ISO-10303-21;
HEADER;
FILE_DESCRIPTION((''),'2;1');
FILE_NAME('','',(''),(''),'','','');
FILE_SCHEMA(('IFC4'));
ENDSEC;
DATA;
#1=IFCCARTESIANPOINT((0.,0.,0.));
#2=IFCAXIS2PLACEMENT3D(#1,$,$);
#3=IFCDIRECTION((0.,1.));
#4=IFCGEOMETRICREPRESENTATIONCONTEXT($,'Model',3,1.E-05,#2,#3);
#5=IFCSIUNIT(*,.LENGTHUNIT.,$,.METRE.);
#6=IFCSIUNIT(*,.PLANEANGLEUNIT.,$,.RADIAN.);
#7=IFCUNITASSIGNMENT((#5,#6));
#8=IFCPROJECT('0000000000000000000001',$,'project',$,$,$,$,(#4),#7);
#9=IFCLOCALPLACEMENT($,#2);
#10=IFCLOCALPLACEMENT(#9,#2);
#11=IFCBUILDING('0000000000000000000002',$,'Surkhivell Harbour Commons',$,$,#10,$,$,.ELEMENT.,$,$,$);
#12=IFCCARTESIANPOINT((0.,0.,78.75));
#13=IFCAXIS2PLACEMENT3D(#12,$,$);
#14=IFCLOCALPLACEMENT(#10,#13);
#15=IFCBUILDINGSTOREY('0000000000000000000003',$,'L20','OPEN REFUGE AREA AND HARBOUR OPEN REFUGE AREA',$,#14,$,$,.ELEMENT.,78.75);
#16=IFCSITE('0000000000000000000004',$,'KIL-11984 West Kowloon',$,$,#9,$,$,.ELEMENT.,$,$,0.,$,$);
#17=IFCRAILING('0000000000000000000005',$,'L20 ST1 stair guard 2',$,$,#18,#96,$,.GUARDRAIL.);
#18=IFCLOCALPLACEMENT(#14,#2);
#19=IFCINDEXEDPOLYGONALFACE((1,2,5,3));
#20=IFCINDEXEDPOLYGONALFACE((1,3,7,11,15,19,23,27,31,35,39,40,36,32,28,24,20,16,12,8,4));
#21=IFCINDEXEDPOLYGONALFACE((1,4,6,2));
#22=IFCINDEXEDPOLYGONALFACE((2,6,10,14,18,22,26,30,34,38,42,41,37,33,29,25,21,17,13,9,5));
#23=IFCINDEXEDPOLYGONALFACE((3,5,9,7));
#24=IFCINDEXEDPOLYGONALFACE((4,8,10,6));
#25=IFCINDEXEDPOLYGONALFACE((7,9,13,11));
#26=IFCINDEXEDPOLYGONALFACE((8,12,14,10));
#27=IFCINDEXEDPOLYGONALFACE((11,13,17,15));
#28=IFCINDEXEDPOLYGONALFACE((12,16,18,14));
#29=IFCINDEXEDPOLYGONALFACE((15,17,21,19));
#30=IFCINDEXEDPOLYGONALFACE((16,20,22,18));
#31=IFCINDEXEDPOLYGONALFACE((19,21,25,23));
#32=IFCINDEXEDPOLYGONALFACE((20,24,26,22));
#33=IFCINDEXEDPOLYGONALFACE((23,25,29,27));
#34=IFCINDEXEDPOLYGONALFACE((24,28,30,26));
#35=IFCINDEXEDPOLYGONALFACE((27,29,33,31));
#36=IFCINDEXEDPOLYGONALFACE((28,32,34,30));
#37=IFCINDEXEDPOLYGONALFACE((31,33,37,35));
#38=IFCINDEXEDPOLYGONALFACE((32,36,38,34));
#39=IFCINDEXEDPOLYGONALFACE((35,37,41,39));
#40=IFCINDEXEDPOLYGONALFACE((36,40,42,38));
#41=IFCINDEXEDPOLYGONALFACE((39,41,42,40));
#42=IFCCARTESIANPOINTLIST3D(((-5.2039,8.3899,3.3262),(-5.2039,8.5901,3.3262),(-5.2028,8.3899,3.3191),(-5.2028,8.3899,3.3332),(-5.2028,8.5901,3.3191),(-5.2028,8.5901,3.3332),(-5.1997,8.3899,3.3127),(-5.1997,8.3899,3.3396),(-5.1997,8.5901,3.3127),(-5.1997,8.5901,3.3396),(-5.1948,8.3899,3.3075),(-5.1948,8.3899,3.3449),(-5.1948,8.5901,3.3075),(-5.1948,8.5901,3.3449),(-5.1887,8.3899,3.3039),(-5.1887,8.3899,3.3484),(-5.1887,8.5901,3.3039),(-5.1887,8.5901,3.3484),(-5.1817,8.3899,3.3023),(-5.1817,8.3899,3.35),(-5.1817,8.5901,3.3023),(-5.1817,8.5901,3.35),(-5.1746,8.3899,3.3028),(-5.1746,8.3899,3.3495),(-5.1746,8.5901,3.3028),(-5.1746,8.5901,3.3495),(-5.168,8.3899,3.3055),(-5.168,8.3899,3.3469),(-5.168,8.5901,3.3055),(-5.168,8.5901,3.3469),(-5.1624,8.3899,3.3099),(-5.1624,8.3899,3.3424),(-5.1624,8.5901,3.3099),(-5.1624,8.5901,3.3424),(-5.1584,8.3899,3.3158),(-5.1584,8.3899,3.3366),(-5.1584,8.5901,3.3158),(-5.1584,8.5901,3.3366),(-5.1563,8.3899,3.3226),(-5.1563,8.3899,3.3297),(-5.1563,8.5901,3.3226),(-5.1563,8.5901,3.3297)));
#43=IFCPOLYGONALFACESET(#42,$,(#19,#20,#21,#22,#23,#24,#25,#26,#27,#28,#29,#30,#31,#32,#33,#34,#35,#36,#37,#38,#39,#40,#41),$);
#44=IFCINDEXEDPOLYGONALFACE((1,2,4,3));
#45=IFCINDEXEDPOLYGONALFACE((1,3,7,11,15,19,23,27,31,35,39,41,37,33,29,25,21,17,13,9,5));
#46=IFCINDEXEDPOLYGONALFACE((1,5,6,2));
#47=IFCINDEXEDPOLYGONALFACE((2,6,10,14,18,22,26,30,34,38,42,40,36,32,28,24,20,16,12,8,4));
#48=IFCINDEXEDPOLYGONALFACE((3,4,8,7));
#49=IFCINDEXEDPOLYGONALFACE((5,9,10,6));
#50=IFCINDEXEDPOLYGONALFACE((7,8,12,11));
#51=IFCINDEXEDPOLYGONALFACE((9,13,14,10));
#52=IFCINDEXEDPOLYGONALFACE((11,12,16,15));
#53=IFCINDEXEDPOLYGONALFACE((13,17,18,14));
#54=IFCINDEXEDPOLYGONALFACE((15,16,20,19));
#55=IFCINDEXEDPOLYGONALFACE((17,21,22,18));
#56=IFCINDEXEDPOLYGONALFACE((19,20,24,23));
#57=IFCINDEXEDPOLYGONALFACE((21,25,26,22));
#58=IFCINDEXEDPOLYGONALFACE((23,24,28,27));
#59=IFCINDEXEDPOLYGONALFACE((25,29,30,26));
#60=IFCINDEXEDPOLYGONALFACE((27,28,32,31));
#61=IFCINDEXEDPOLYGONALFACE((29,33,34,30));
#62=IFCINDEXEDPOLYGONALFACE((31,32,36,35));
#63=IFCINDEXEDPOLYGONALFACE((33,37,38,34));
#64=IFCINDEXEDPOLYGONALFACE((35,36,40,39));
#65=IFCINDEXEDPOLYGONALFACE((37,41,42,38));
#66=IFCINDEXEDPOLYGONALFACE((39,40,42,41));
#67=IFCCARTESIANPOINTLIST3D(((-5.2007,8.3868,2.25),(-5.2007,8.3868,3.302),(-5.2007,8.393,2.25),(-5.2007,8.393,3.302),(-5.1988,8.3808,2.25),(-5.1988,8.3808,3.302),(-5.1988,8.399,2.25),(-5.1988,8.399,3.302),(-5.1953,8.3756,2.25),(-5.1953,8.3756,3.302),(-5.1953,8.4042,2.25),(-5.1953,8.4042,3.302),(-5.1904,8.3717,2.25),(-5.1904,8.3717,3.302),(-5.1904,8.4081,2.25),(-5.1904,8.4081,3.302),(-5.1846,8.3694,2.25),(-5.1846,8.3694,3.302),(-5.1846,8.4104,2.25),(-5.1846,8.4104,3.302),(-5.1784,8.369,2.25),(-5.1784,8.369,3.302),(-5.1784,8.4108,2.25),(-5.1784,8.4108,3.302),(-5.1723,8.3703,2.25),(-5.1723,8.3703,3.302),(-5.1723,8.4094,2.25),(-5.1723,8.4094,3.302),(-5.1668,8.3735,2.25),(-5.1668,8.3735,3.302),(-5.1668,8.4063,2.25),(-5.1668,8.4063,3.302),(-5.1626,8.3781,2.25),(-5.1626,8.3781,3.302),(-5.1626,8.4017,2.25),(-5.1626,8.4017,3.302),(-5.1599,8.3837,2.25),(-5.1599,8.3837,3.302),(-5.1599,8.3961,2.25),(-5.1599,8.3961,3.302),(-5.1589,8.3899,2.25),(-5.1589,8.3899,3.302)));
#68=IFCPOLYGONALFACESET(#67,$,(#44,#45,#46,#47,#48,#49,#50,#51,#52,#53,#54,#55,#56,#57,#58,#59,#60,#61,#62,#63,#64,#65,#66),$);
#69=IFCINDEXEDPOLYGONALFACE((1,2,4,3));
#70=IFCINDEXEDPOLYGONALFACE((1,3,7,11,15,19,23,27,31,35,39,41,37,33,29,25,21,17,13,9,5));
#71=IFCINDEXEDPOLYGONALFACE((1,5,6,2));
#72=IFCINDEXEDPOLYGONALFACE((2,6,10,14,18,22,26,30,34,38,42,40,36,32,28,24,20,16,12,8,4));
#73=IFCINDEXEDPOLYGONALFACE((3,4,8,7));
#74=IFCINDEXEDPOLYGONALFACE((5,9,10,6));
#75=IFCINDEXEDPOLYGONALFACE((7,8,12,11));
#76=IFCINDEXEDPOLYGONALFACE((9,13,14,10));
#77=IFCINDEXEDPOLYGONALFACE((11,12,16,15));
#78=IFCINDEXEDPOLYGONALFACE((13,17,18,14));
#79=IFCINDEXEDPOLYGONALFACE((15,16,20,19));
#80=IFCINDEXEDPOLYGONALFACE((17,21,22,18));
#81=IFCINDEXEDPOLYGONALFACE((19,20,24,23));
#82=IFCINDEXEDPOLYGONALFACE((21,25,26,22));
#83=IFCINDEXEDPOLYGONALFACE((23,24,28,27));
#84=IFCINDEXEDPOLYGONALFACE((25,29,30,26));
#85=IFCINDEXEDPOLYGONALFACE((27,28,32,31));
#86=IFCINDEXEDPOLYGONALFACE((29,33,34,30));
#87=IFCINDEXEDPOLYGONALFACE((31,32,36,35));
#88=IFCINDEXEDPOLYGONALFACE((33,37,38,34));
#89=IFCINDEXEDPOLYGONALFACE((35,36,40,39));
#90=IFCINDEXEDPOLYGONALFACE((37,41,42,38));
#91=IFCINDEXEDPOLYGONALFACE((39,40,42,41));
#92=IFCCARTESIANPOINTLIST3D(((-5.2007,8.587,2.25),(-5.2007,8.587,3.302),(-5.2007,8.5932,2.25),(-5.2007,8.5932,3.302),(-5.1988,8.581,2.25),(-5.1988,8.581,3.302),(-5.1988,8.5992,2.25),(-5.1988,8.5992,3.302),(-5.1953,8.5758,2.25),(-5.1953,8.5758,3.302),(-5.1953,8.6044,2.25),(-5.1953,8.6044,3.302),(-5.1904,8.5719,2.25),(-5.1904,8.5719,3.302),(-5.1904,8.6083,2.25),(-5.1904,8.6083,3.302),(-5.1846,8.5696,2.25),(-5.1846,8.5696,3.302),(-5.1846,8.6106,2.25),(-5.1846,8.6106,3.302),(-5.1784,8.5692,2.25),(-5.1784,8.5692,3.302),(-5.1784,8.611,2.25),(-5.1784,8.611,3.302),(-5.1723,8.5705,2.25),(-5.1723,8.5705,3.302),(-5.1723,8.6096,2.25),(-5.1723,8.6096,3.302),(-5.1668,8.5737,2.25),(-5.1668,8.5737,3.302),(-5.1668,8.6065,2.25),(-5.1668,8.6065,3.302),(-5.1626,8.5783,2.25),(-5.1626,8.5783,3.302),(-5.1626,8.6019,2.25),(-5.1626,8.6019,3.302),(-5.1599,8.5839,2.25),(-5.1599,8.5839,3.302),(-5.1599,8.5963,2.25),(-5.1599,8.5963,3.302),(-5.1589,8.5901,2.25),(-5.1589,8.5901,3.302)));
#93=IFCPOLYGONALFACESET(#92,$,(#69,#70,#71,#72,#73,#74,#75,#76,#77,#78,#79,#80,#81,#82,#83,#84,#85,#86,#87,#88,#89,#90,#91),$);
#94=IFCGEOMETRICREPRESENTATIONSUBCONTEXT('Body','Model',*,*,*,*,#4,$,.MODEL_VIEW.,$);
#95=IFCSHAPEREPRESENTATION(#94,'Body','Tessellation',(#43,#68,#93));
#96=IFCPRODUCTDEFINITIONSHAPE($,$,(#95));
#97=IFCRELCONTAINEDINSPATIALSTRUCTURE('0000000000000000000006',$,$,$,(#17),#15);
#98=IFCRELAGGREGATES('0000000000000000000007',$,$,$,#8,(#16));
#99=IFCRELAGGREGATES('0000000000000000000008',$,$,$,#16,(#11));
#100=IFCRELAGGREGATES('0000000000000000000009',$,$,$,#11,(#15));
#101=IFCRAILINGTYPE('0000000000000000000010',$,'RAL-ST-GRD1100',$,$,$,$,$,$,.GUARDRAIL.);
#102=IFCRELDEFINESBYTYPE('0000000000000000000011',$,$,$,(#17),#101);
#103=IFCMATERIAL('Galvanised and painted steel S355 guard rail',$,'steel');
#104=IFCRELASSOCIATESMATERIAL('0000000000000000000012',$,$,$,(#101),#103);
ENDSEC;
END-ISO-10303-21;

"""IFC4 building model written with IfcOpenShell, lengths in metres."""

from ifc_helpers import new_model, si_unit, direction, frame, origin, origin_2d, place, context, subcontext, project, spatial, circle, extrude, material, type_object, element, save


model = new_model("IFC4")

# Units and contexts
model_context = context("Model", 3, precision=1e-05, world=origin(), true_north=direction((0.0, 1.0)))
body_context = subcontext(model_context, "Body", "Model", "MODEL_VIEW")
ifc_project = project(units=[si_unit("LENGTHUNIT", "METRE"), si_unit("PLANEANGLEUNIT", "RADIAN")], contexts=[model_context])

# Site, building, storey
site_placement = place(None, origin())
site = spatial("IfcSite", under=ifc_project, at=site_placement, Name="KIL-11984 West Kowloon", CompositionType="ELEMENT", RefElevation=0.0)
building_placement = place(site_placement, origin())
building = spatial("IfcBuilding", under=site, at=building_placement, Name="Surkhivell Harbour Commons", CompositionType="ELEMENT")
storey_placement = place(building_placement, frame((0.0, 0.0, 78.75)))
storey = spatial("IfcBuildingStorey", under=building, at=storey_placement, Name="L20", Description="OPEN REFUGE AREA AND HARBOUR OPEN REFUGE AREA", CompositionType="ELEMENT", Elevation=78.75)

# Railing
ifc_material_1 = material(Name="Galvanised and painted steel S355 guard rail", Category="steel")
railing_type_1 = type_object("IfcRailingType", Name="RAL-ST-GRD1100", PredefinedType="GUARDRAIL", material=ifc_material_1)
railing_1_placement = place(storey_placement, frame((-5.1799, 8.3899, 2.25)))
element("IfcRailing", 1, at=railing_1_placement, inside=storey, type_object=railing_type_1, Name="L20 ST1 stair guard 2", PredefinedType="GUARDRAIL", context=body_context, shape_type="SweptSolid", body=[
    extrude(circle(Radius=0.0239, at=origin_2d()), frame((0.0, 0.0, 1.0762), z_axis=(0.0, 1.0, 0.0), x_axis=(-1.0, 0.0, 0.0)), (0.0, 0.0, 1.0), 0.2002),
    extrude(circle(Radius=0.021, at=origin_2d()), origin(), (0.0, 0.0, 1.0), 1.052),
    extrude(circle(Radius=0.021, at=origin_2d()), frame((0.0, 0.2002, 0.0)), (0.0, 0.0, 1.0), 1.052),
])

save(model, "model.ifc")
